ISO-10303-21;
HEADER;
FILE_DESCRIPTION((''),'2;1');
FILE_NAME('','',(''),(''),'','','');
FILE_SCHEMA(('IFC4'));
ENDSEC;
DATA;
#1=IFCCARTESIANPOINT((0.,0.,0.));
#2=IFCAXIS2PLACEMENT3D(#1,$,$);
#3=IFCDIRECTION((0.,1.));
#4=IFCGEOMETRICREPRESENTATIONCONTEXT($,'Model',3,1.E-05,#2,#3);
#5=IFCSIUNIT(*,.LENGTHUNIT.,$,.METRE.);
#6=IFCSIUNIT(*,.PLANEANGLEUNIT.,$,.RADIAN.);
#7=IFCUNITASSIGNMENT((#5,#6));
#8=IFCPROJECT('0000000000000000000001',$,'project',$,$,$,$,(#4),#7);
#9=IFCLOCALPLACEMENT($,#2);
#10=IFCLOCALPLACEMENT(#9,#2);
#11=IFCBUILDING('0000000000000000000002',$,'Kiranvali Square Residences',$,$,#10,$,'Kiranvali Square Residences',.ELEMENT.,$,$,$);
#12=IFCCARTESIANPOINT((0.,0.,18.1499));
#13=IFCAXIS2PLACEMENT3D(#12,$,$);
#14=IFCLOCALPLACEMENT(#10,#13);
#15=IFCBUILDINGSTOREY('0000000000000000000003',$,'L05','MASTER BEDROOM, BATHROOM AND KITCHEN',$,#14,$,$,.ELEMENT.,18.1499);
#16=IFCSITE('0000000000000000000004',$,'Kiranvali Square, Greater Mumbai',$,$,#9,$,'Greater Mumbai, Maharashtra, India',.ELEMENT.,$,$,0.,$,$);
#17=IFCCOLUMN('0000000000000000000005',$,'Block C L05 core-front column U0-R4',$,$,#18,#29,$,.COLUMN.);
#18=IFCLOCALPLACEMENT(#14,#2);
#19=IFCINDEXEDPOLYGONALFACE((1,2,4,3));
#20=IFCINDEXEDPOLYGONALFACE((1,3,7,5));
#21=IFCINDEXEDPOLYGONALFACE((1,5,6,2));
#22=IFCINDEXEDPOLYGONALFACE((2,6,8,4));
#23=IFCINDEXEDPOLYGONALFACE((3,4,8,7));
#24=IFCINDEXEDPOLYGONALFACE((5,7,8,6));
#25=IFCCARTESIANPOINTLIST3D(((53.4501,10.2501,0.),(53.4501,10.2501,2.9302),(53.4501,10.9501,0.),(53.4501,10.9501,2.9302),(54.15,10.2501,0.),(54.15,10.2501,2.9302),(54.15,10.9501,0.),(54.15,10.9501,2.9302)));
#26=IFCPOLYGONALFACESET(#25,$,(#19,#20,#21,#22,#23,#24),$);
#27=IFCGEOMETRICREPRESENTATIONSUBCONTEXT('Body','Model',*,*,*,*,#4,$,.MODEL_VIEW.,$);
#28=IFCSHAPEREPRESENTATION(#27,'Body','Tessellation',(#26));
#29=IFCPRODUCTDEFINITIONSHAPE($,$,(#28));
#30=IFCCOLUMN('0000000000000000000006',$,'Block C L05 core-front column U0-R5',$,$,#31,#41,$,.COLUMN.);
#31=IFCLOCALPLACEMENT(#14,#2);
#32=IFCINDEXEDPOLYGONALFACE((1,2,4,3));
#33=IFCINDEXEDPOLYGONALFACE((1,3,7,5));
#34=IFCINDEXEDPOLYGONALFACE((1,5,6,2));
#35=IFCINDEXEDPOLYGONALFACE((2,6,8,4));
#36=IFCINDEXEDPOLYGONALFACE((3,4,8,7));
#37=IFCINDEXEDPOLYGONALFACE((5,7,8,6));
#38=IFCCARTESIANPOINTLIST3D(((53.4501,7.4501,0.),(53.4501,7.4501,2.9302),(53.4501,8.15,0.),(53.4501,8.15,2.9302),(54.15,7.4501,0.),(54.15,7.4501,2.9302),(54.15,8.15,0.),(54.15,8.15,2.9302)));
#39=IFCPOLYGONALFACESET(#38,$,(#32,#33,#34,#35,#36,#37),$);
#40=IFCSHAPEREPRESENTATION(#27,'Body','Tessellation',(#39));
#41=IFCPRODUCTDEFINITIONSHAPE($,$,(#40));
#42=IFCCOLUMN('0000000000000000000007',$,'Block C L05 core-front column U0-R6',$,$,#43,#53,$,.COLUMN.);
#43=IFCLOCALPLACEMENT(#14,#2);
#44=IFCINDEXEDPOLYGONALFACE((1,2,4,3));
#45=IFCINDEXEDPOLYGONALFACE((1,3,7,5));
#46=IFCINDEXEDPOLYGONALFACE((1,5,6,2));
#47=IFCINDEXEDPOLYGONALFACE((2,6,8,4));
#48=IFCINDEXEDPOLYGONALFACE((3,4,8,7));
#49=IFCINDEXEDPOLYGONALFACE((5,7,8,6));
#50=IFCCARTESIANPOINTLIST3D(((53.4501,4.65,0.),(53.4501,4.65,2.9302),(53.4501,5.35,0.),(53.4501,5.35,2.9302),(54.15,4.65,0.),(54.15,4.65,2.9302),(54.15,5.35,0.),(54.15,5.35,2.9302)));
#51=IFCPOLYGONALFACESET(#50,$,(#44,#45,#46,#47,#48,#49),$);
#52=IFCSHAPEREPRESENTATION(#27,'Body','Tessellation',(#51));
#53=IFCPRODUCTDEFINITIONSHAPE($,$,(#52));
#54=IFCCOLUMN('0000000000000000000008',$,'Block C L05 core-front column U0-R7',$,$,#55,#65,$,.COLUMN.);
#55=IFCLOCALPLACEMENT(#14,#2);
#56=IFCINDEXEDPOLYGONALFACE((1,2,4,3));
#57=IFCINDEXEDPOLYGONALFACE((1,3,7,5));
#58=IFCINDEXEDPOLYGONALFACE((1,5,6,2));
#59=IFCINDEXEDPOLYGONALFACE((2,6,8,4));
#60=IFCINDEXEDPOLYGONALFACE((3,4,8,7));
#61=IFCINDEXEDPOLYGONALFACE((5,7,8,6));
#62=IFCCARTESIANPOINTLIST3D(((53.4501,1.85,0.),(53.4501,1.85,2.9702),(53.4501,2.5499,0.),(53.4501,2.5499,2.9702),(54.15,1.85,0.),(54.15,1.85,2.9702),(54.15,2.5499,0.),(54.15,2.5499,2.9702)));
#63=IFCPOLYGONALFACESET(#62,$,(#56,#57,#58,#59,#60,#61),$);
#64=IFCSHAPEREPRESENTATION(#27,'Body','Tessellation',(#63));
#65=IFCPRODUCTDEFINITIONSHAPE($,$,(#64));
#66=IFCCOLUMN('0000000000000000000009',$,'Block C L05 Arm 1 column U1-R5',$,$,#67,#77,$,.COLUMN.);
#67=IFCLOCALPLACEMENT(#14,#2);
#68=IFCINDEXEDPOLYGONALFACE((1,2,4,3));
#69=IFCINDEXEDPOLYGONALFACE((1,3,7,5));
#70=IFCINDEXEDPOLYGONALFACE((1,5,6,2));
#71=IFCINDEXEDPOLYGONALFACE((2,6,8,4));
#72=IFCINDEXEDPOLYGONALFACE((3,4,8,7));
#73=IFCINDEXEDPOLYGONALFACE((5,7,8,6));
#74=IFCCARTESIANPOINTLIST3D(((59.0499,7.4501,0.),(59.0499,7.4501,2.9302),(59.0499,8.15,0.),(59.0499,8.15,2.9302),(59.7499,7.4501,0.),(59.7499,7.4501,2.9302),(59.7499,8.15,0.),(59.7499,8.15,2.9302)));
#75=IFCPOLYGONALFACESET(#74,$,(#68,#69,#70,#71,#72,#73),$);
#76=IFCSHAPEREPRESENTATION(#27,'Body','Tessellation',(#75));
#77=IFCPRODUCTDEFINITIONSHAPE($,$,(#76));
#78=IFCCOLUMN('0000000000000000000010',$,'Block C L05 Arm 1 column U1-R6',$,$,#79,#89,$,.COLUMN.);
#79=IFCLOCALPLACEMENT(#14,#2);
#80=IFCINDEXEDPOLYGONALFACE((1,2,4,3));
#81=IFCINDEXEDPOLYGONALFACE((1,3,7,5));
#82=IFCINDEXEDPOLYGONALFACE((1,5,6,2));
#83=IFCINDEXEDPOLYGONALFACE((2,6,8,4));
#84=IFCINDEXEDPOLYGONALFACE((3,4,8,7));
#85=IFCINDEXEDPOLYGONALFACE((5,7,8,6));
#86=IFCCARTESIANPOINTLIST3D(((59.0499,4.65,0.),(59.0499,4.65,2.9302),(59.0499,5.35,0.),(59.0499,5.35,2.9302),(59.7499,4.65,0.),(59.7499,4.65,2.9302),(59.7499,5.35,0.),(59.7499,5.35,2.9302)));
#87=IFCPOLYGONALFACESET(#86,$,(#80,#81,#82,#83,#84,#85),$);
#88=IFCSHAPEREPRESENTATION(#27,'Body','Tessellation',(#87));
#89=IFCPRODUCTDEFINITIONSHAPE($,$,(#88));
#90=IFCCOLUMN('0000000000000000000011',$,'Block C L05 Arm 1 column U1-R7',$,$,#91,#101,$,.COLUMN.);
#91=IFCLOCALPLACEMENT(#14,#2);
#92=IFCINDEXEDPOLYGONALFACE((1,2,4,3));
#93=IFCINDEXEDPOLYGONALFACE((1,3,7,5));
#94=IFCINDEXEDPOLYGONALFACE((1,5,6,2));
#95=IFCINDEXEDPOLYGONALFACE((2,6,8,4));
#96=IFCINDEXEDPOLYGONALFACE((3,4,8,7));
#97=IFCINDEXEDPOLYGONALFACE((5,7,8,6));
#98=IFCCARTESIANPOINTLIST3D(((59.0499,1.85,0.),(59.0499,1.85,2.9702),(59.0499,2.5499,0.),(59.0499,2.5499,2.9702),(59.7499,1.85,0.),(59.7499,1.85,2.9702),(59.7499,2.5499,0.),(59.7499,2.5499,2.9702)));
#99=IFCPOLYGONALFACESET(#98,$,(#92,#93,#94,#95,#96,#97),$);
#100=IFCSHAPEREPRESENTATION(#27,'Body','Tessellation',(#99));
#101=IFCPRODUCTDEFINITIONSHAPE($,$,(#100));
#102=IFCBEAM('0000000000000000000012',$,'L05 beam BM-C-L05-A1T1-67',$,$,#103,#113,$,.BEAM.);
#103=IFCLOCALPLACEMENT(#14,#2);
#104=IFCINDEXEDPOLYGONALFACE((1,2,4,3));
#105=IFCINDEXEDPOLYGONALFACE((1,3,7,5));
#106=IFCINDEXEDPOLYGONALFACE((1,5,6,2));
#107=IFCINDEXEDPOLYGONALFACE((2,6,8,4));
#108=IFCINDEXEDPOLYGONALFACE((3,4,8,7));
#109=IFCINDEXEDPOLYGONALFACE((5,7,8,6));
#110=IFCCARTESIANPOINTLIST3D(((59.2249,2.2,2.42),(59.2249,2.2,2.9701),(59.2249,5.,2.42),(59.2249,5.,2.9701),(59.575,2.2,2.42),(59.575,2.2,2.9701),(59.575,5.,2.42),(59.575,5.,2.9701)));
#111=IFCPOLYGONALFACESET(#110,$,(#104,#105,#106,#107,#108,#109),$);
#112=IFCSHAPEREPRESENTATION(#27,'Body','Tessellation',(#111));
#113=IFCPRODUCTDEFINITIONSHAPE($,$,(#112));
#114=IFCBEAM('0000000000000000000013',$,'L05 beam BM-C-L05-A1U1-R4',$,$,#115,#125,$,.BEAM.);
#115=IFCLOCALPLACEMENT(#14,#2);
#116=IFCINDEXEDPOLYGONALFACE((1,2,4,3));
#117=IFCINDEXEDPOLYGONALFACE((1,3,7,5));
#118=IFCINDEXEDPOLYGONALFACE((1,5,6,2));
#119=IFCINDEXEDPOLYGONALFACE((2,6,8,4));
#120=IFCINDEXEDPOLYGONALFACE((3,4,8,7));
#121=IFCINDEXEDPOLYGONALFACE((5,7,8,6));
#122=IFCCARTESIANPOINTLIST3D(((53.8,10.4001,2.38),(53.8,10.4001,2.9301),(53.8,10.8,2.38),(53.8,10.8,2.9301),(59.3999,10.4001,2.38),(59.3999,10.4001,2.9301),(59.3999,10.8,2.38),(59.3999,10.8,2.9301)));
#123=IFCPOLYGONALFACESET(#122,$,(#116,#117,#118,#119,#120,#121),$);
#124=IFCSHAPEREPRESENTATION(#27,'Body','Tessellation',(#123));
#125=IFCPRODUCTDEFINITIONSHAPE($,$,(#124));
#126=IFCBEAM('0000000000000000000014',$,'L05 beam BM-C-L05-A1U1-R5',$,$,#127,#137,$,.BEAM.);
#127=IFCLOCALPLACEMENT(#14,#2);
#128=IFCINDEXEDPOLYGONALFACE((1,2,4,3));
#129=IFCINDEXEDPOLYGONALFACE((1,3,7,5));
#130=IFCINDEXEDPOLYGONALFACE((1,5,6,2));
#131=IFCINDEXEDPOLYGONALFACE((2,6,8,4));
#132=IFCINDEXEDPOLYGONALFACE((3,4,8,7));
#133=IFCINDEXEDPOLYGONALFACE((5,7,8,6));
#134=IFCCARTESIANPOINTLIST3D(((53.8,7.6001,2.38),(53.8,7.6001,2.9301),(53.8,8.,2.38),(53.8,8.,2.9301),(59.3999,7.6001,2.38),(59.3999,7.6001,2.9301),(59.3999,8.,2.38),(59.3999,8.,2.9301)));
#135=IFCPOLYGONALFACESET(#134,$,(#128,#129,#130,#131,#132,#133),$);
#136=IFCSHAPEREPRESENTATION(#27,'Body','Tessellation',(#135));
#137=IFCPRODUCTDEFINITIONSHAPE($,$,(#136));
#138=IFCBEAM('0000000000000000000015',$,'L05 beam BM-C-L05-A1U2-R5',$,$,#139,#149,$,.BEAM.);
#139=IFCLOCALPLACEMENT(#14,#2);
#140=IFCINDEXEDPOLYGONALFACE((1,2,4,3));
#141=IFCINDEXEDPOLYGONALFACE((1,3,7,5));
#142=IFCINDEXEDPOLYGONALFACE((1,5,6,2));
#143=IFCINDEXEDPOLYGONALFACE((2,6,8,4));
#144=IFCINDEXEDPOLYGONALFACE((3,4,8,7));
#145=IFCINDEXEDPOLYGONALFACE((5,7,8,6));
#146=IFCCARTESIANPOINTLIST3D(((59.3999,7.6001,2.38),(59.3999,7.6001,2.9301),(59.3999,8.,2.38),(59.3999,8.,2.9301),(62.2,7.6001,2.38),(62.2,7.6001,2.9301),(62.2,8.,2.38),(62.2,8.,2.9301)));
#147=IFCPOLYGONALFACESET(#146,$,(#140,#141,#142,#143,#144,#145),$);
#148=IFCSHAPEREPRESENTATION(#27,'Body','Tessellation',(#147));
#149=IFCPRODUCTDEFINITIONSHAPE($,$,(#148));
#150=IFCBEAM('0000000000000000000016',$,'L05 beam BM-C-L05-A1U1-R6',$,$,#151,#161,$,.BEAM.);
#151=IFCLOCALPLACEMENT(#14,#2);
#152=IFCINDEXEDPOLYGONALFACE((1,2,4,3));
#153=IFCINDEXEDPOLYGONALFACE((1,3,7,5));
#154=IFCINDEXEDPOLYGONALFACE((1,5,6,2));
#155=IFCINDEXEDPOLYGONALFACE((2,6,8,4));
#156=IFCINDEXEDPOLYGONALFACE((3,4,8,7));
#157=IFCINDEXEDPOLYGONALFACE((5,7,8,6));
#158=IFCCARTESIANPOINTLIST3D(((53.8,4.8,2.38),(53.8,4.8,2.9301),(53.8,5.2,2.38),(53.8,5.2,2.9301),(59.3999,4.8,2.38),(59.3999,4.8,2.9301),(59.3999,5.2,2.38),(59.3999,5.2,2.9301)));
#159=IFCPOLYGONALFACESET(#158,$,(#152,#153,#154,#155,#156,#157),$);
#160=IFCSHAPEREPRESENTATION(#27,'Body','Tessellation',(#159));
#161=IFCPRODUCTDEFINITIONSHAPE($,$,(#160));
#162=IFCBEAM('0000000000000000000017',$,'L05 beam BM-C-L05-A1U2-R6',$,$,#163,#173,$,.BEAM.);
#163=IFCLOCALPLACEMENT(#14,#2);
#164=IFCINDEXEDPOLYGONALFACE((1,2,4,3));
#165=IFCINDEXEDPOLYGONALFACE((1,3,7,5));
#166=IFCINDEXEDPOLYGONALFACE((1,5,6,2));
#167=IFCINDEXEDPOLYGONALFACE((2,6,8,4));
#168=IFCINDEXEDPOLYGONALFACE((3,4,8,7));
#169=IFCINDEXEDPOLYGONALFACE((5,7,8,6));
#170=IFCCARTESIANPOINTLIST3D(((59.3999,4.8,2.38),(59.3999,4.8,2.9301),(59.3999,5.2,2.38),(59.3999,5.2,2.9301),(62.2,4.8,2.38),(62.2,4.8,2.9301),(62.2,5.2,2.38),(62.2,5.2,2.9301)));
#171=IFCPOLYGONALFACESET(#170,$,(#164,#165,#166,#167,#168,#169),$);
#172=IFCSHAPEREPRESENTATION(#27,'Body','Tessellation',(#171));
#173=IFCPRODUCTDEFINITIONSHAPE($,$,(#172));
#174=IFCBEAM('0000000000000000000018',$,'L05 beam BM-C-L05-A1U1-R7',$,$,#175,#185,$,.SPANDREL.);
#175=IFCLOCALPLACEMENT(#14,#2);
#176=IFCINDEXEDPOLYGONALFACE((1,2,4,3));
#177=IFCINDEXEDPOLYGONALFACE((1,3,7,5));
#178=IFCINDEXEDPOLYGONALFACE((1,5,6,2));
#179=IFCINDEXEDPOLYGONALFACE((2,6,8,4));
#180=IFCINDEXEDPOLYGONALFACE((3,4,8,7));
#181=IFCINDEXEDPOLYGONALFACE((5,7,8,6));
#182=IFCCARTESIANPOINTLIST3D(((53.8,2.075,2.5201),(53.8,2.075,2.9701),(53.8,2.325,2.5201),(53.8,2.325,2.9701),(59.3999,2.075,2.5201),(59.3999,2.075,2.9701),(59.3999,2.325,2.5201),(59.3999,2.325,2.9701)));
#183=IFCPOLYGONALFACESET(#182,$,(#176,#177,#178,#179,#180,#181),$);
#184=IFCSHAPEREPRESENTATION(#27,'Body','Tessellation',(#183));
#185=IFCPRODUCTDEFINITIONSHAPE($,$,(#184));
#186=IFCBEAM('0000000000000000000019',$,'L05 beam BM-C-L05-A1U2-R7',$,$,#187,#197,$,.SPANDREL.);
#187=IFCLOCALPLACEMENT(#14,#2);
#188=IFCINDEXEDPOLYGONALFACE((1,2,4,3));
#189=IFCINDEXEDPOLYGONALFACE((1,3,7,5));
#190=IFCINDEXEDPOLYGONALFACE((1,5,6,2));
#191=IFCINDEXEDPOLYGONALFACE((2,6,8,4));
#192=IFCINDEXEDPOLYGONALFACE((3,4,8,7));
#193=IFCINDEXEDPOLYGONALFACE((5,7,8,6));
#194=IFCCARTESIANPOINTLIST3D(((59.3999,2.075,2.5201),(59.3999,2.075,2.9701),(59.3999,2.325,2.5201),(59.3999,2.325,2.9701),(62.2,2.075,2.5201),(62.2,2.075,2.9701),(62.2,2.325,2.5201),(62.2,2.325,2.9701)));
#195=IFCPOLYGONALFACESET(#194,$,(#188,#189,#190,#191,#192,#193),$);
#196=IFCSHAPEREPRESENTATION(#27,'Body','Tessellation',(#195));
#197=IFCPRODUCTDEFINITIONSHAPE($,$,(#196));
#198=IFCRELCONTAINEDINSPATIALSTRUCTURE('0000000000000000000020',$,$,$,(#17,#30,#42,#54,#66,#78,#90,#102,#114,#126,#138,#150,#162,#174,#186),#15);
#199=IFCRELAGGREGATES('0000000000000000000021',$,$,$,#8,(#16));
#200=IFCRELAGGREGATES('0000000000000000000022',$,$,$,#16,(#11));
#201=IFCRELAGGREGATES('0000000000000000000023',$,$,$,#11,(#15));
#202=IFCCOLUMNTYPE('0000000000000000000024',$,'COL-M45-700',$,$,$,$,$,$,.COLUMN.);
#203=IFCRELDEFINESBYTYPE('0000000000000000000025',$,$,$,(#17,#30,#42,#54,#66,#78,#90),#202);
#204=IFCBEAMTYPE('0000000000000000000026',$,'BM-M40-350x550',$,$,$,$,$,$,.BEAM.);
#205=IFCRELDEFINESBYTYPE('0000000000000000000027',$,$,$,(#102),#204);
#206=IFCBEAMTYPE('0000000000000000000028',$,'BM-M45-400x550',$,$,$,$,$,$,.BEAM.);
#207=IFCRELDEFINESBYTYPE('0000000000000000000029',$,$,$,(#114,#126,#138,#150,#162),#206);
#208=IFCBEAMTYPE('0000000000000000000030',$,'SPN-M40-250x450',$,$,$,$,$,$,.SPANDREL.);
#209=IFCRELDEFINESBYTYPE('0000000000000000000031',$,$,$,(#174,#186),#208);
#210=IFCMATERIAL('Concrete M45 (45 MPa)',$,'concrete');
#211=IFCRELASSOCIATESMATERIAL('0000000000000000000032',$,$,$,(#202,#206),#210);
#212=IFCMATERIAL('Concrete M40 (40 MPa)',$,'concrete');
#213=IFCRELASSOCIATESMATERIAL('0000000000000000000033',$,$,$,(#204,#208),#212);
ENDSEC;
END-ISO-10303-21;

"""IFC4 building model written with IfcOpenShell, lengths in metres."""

from ifc_helpers import new_model, si_unit, direction, frame, origin, origin_2d, place, context, subcontext, project, spatial, rectangle, extrude, material, material_profile, profile_set, type_object, element, save


model = new_model("IFC4")

# Units and contexts
model_context = context("Model", 3, precision=1e-05, world=origin(), true_north=direction((0.0, 1.0)))
body_context = subcontext(model_context, "Body", "Model", "MODEL_VIEW")
ifc_project = project(units=[si_unit("LENGTHUNIT", "METRE"), si_unit("PLANEANGLEUNIT", "RADIAN")], contexts=[model_context])

# Site, building, storey
site_placement = place(None, origin())
site = spatial("IfcSite", under=ifc_project, at=site_placement, Name="Kiranvali Square, Greater Mumbai", LongName="Greater Mumbai, Maharashtra, India", CompositionType="ELEMENT", RefElevation=0.0)
building_placement = place(site_placement, origin())
building = spatial("IfcBuilding", under=site, at=building_placement, Name="Kiranvali Square Residences", LongName="Kiranvali Square Residences", CompositionType="ELEMENT")
storey_placement = place(building_placement, frame((0.0, 0.0, 18.1499)))
storey = spatial("IfcBuildingStorey", under=building, at=storey_placement, Name="L05", Description="MASTER BEDROOM, BATHROOM AND KITCHEN", CompositionType="ELEMENT", Elevation=18.1499)

# Columns
ifc_material_1 = material(Name="Concrete M45 (45 MPa)", Category="concrete")
ifc_material_profile_1 = material_profile(ifc_material_1, rectangle(XDim=0.7, YDim=0.7, at=origin_2d()), Name="RC 700x700")
ifc_profile_set_1 = profile_set([ifc_material_profile_1], Name="Concrete M45 (45 MPa)")
column_type = type_object("IfcColumnType", Name="COL-M45-700", PredefinedType="COLUMN", material=ifc_profile_set_1)
for number, where, z_axis, x_axis, name in (
    (1, (53.8, 10.6001, 0.0), (0.0, 0.0, 1.0), (1.0, 0.0, 0.0), "Block C L05 core-front column U0-R4"),
    (2, (53.8, 7.8, 0.0), (0.0, 0.0, 1.0), (1.0, 0.0, 0.0), "Block C L05 core-front column U0-R5"),
    (3, (53.8, 5.0, 0.0), (0.0, 0.0, 1.0), (1.0, 0.0, 0.0), "Block C L05 core-front column U0-R6"),
):
    element("IfcColumn", number, at=place(storey_placement, frame(where, z_axis=z_axis, x_axis=x_axis)), inside=storey, type_object=column_type, Name=name, PredefinedType="COLUMN", context=body_context, shape_type="SweptSolid", body=[
        extrude(rectangle(XDim=0.7, YDim=0.7, at=origin_2d()), origin(), (0.0, 0.0, 1.0), 2.9302),
    ])
column_1_placement = place(storey_placement, frame((53.8, 2.2, 0.0), z_axis=(0.0, 0.0, 1.0), x_axis=(1.0, 0.0, 0.0)))
element("IfcColumn", 4, at=column_1_placement, inside=storey, type_object=column_type, Name="Block C L05 core-front column U0-R7", PredefinedType="COLUMN", context=body_context, shape_type="SweptSolid", body=[
    extrude(rectangle(XDim=0.7, YDim=0.7, at=origin_2d()), origin(), (0.0, 0.0, 1.0), 2.9702),
])
for number, where, z_axis, x_axis, name in (
    (5, (59.3999, 7.8, 0.0), (0.0, 0.0, 1.0), (1.0, 0.0, 0.0), "Block C L05 Arm 1 column U1-R5"),
    (6, (59.3999, 5.0, 0.0), (0.0, 0.0, 1.0), (1.0, 0.0, 0.0), "Block C L05 Arm 1 column U1-R6"),
):
    element("IfcColumn", number, at=place(storey_placement, frame(where, z_axis=z_axis, x_axis=x_axis)), inside=storey, type_object=column_type, Name=name, PredefinedType="COLUMN", context=body_context, shape_type="SweptSolid", body=[
        extrude(rectangle(XDim=0.7, YDim=0.7, at=origin_2d()), origin(), (0.0, 0.0, 1.0), 2.9302),
    ])
column_2_placement = place(storey_placement, frame((59.3999, 2.2, 0.0), z_axis=(0.0, 0.0, 1.0), x_axis=(1.0, 0.0, 0.0)))
element("IfcColumn", 7, at=column_2_placement, inside=storey, type_object=column_type, Name="Block C L05 Arm 1 column U1-R7", PredefinedType="COLUMN", context=body_context, shape_type="SweptSolid", body=[
    extrude(rectangle(XDim=0.7, YDim=0.7, at=origin_2d()), origin(), (0.0, 0.0, 1.0), 2.9702),
])

# Beams
ifc_material_2 = material(Name="Concrete M40 (40 MPa)", Category="concrete")
ifc_material_profile_2 = material_profile(ifc_material_2, rectangle(XDim=0.3501, YDim=0.55, at=origin_2d()), Name="RC 350x550")
ifc_profile_set_2 = profile_set([ifc_material_profile_2], Name="Concrete M40 (40 MPa)")
beam_type_1 = type_object("IfcBeamType", Name="BM-M40-350x550", PredefinedType="BEAM", material=ifc_profile_set_2)
beam_1_placement = place(storey_placement, frame((59.3999, 5.0, 2.6951), z_axis=(0.0, -1.0, 0.0), x_axis=(1.0, 0.0, 0.0)))
element("IfcBeam", 8, at=beam_1_placement, inside=storey, type_object=beam_type_1, Name="L05 beam BM-C-L05-A1T1-67", PredefinedType="BEAM", context=body_context, shape_type="SweptSolid", body=[
    extrude(rectangle(XDim=0.3501, YDim=0.55, at=origin_2d()), origin(), (0.0, 0.0, 1.0), 2.8),
])
ifc_material_profile_3 = material_profile(ifc_material_1, rectangle(XDim=0.3999, YDim=0.55, at=origin_2d()), Name="RC 400x550")
ifc_profile_set_3 = profile_set([ifc_material_profile_3], Name="Concrete M45 (45 MPa)")
beam_type_2 = type_object("IfcBeamType", Name="BM-M45-400x550", PredefinedType="BEAM", material=ifc_profile_set_3)
for number, where, z_axis, x_axis, name in (
    (9, (53.8, 10.6001, 2.655), (1.0, 0.0, 0.0), (0.0, 1.0, 0.0), "L05 beam BM-C-L05-A1U1-R4"),
    (10, (53.8, 7.8, 2.655), (1.0, 0.0, 0.0), (0.0, 1.0, 0.0), "L05 beam BM-C-L05-A1U1-R5"),
):
    element("IfcBeam", number, at=place(storey_placement, frame(where, z_axis=z_axis, x_axis=x_axis)), inside=storey, type_object=beam_type_2, Name=name, PredefinedType="BEAM", context=body_context, shape_type="SweptSolid", body=[
        extrude(rectangle(XDim=0.3999, YDim=0.55, at=origin_2d()), origin(), (0.0, 0.0, 1.0), 5.5999),
    ])
beam_2_placement = place(storey_placement, frame((59.3999, 7.8, 2.655), z_axis=(1.0, 0.0, 0.0), x_axis=(0.0, 1.0, 0.0)))
element("IfcBeam", 11, at=beam_2_placement, inside=storey, type_object=beam_type_2, Name="L05 beam BM-C-L05-A1U2-R5", PredefinedType="BEAM", context=body_context, shape_type="SweptSolid", body=[
    extrude(rectangle(XDim=0.3999, YDim=0.55, at=origin_2d()), origin(), (0.0, 0.0, 1.0), 2.8),
])
beam_3_placement = place(storey_placement, frame((53.8, 5.0, 2.655), z_axis=(1.0, 0.0, 0.0), x_axis=(0.0, 1.0, 0.0)))
element("IfcBeam", 12, at=beam_3_placement, inside=storey, type_object=beam_type_2, Name="L05 beam BM-C-L05-A1U1-R6", PredefinedType="BEAM", context=body_context, shape_type="SweptSolid", body=[
    extrude(rectangle(XDim=0.3999, YDim=0.55, at=origin_2d()), origin(), (0.0, 0.0, 1.0), 5.5999),
])
beam_4_placement = place(storey_placement, frame((59.3999, 5.0, 2.655), z_axis=(1.0, 0.0, 0.0), x_axis=(0.0, 1.0, 0.0)))
element("IfcBeam", 13, at=beam_4_placement, inside=storey, type_object=beam_type_2, Name="L05 beam BM-C-L05-A1U2-R6", PredefinedType="BEAM", context=body_context, shape_type="SweptSolid", body=[
    extrude(rectangle(XDim=0.3999, YDim=0.55, at=origin_2d()), origin(), (0.0, 0.0, 1.0), 2.8),
])
ifc_material_profile_4 = material_profile(ifc_material_2, rectangle(XDim=0.25, YDim=0.45, at=origin_2d()), Name="RC 250x450")
ifc_profile_set_4 = profile_set([ifc_material_profile_4], Name="Concrete M40 (40 MPa)")
beam_type_3 = type_object("IfcBeamType", Name="SPN-M40-250x450", PredefinedType="SPANDREL", material=ifc_profile_set_4)
beam_5_placement = place(storey_placement, frame((53.8, 2.2, 2.7451), z_axis=(1.0, 0.0, 0.0), x_axis=(0.0, 1.0, 0.0)))
element("IfcBeam", 14, at=beam_5_placement, inside=storey, type_object=beam_type_3, Name="L05 beam BM-C-L05-A1U1-R7", PredefinedType="SPANDREL", context=body_context, shape_type="SweptSolid", body=[
    extrude(rectangle(XDim=0.25, YDim=0.45, at=origin_2d()), origin(), (0.0, 0.0, 1.0), 5.5999),
])
beam_6_placement = place(storey_placement, frame((59.3999, 2.2, 2.7451), z_axis=(1.0, 0.0, 0.0), x_axis=(0.0, 1.0, 0.0)))
element("IfcBeam", 15, at=beam_6_placement, inside=storey, type_object=beam_type_3, Name="L05 beam BM-C-L05-A1U2-R7", PredefinedType="SPANDREL", context=body_context, shape_type="SweptSolid", body=[
    extrude(rectangle(XDim=0.25, YDim=0.45, at=origin_2d()), origin(), (0.0, 0.0, 1.0), 2.8),
])

save(model, "model.ifc")
